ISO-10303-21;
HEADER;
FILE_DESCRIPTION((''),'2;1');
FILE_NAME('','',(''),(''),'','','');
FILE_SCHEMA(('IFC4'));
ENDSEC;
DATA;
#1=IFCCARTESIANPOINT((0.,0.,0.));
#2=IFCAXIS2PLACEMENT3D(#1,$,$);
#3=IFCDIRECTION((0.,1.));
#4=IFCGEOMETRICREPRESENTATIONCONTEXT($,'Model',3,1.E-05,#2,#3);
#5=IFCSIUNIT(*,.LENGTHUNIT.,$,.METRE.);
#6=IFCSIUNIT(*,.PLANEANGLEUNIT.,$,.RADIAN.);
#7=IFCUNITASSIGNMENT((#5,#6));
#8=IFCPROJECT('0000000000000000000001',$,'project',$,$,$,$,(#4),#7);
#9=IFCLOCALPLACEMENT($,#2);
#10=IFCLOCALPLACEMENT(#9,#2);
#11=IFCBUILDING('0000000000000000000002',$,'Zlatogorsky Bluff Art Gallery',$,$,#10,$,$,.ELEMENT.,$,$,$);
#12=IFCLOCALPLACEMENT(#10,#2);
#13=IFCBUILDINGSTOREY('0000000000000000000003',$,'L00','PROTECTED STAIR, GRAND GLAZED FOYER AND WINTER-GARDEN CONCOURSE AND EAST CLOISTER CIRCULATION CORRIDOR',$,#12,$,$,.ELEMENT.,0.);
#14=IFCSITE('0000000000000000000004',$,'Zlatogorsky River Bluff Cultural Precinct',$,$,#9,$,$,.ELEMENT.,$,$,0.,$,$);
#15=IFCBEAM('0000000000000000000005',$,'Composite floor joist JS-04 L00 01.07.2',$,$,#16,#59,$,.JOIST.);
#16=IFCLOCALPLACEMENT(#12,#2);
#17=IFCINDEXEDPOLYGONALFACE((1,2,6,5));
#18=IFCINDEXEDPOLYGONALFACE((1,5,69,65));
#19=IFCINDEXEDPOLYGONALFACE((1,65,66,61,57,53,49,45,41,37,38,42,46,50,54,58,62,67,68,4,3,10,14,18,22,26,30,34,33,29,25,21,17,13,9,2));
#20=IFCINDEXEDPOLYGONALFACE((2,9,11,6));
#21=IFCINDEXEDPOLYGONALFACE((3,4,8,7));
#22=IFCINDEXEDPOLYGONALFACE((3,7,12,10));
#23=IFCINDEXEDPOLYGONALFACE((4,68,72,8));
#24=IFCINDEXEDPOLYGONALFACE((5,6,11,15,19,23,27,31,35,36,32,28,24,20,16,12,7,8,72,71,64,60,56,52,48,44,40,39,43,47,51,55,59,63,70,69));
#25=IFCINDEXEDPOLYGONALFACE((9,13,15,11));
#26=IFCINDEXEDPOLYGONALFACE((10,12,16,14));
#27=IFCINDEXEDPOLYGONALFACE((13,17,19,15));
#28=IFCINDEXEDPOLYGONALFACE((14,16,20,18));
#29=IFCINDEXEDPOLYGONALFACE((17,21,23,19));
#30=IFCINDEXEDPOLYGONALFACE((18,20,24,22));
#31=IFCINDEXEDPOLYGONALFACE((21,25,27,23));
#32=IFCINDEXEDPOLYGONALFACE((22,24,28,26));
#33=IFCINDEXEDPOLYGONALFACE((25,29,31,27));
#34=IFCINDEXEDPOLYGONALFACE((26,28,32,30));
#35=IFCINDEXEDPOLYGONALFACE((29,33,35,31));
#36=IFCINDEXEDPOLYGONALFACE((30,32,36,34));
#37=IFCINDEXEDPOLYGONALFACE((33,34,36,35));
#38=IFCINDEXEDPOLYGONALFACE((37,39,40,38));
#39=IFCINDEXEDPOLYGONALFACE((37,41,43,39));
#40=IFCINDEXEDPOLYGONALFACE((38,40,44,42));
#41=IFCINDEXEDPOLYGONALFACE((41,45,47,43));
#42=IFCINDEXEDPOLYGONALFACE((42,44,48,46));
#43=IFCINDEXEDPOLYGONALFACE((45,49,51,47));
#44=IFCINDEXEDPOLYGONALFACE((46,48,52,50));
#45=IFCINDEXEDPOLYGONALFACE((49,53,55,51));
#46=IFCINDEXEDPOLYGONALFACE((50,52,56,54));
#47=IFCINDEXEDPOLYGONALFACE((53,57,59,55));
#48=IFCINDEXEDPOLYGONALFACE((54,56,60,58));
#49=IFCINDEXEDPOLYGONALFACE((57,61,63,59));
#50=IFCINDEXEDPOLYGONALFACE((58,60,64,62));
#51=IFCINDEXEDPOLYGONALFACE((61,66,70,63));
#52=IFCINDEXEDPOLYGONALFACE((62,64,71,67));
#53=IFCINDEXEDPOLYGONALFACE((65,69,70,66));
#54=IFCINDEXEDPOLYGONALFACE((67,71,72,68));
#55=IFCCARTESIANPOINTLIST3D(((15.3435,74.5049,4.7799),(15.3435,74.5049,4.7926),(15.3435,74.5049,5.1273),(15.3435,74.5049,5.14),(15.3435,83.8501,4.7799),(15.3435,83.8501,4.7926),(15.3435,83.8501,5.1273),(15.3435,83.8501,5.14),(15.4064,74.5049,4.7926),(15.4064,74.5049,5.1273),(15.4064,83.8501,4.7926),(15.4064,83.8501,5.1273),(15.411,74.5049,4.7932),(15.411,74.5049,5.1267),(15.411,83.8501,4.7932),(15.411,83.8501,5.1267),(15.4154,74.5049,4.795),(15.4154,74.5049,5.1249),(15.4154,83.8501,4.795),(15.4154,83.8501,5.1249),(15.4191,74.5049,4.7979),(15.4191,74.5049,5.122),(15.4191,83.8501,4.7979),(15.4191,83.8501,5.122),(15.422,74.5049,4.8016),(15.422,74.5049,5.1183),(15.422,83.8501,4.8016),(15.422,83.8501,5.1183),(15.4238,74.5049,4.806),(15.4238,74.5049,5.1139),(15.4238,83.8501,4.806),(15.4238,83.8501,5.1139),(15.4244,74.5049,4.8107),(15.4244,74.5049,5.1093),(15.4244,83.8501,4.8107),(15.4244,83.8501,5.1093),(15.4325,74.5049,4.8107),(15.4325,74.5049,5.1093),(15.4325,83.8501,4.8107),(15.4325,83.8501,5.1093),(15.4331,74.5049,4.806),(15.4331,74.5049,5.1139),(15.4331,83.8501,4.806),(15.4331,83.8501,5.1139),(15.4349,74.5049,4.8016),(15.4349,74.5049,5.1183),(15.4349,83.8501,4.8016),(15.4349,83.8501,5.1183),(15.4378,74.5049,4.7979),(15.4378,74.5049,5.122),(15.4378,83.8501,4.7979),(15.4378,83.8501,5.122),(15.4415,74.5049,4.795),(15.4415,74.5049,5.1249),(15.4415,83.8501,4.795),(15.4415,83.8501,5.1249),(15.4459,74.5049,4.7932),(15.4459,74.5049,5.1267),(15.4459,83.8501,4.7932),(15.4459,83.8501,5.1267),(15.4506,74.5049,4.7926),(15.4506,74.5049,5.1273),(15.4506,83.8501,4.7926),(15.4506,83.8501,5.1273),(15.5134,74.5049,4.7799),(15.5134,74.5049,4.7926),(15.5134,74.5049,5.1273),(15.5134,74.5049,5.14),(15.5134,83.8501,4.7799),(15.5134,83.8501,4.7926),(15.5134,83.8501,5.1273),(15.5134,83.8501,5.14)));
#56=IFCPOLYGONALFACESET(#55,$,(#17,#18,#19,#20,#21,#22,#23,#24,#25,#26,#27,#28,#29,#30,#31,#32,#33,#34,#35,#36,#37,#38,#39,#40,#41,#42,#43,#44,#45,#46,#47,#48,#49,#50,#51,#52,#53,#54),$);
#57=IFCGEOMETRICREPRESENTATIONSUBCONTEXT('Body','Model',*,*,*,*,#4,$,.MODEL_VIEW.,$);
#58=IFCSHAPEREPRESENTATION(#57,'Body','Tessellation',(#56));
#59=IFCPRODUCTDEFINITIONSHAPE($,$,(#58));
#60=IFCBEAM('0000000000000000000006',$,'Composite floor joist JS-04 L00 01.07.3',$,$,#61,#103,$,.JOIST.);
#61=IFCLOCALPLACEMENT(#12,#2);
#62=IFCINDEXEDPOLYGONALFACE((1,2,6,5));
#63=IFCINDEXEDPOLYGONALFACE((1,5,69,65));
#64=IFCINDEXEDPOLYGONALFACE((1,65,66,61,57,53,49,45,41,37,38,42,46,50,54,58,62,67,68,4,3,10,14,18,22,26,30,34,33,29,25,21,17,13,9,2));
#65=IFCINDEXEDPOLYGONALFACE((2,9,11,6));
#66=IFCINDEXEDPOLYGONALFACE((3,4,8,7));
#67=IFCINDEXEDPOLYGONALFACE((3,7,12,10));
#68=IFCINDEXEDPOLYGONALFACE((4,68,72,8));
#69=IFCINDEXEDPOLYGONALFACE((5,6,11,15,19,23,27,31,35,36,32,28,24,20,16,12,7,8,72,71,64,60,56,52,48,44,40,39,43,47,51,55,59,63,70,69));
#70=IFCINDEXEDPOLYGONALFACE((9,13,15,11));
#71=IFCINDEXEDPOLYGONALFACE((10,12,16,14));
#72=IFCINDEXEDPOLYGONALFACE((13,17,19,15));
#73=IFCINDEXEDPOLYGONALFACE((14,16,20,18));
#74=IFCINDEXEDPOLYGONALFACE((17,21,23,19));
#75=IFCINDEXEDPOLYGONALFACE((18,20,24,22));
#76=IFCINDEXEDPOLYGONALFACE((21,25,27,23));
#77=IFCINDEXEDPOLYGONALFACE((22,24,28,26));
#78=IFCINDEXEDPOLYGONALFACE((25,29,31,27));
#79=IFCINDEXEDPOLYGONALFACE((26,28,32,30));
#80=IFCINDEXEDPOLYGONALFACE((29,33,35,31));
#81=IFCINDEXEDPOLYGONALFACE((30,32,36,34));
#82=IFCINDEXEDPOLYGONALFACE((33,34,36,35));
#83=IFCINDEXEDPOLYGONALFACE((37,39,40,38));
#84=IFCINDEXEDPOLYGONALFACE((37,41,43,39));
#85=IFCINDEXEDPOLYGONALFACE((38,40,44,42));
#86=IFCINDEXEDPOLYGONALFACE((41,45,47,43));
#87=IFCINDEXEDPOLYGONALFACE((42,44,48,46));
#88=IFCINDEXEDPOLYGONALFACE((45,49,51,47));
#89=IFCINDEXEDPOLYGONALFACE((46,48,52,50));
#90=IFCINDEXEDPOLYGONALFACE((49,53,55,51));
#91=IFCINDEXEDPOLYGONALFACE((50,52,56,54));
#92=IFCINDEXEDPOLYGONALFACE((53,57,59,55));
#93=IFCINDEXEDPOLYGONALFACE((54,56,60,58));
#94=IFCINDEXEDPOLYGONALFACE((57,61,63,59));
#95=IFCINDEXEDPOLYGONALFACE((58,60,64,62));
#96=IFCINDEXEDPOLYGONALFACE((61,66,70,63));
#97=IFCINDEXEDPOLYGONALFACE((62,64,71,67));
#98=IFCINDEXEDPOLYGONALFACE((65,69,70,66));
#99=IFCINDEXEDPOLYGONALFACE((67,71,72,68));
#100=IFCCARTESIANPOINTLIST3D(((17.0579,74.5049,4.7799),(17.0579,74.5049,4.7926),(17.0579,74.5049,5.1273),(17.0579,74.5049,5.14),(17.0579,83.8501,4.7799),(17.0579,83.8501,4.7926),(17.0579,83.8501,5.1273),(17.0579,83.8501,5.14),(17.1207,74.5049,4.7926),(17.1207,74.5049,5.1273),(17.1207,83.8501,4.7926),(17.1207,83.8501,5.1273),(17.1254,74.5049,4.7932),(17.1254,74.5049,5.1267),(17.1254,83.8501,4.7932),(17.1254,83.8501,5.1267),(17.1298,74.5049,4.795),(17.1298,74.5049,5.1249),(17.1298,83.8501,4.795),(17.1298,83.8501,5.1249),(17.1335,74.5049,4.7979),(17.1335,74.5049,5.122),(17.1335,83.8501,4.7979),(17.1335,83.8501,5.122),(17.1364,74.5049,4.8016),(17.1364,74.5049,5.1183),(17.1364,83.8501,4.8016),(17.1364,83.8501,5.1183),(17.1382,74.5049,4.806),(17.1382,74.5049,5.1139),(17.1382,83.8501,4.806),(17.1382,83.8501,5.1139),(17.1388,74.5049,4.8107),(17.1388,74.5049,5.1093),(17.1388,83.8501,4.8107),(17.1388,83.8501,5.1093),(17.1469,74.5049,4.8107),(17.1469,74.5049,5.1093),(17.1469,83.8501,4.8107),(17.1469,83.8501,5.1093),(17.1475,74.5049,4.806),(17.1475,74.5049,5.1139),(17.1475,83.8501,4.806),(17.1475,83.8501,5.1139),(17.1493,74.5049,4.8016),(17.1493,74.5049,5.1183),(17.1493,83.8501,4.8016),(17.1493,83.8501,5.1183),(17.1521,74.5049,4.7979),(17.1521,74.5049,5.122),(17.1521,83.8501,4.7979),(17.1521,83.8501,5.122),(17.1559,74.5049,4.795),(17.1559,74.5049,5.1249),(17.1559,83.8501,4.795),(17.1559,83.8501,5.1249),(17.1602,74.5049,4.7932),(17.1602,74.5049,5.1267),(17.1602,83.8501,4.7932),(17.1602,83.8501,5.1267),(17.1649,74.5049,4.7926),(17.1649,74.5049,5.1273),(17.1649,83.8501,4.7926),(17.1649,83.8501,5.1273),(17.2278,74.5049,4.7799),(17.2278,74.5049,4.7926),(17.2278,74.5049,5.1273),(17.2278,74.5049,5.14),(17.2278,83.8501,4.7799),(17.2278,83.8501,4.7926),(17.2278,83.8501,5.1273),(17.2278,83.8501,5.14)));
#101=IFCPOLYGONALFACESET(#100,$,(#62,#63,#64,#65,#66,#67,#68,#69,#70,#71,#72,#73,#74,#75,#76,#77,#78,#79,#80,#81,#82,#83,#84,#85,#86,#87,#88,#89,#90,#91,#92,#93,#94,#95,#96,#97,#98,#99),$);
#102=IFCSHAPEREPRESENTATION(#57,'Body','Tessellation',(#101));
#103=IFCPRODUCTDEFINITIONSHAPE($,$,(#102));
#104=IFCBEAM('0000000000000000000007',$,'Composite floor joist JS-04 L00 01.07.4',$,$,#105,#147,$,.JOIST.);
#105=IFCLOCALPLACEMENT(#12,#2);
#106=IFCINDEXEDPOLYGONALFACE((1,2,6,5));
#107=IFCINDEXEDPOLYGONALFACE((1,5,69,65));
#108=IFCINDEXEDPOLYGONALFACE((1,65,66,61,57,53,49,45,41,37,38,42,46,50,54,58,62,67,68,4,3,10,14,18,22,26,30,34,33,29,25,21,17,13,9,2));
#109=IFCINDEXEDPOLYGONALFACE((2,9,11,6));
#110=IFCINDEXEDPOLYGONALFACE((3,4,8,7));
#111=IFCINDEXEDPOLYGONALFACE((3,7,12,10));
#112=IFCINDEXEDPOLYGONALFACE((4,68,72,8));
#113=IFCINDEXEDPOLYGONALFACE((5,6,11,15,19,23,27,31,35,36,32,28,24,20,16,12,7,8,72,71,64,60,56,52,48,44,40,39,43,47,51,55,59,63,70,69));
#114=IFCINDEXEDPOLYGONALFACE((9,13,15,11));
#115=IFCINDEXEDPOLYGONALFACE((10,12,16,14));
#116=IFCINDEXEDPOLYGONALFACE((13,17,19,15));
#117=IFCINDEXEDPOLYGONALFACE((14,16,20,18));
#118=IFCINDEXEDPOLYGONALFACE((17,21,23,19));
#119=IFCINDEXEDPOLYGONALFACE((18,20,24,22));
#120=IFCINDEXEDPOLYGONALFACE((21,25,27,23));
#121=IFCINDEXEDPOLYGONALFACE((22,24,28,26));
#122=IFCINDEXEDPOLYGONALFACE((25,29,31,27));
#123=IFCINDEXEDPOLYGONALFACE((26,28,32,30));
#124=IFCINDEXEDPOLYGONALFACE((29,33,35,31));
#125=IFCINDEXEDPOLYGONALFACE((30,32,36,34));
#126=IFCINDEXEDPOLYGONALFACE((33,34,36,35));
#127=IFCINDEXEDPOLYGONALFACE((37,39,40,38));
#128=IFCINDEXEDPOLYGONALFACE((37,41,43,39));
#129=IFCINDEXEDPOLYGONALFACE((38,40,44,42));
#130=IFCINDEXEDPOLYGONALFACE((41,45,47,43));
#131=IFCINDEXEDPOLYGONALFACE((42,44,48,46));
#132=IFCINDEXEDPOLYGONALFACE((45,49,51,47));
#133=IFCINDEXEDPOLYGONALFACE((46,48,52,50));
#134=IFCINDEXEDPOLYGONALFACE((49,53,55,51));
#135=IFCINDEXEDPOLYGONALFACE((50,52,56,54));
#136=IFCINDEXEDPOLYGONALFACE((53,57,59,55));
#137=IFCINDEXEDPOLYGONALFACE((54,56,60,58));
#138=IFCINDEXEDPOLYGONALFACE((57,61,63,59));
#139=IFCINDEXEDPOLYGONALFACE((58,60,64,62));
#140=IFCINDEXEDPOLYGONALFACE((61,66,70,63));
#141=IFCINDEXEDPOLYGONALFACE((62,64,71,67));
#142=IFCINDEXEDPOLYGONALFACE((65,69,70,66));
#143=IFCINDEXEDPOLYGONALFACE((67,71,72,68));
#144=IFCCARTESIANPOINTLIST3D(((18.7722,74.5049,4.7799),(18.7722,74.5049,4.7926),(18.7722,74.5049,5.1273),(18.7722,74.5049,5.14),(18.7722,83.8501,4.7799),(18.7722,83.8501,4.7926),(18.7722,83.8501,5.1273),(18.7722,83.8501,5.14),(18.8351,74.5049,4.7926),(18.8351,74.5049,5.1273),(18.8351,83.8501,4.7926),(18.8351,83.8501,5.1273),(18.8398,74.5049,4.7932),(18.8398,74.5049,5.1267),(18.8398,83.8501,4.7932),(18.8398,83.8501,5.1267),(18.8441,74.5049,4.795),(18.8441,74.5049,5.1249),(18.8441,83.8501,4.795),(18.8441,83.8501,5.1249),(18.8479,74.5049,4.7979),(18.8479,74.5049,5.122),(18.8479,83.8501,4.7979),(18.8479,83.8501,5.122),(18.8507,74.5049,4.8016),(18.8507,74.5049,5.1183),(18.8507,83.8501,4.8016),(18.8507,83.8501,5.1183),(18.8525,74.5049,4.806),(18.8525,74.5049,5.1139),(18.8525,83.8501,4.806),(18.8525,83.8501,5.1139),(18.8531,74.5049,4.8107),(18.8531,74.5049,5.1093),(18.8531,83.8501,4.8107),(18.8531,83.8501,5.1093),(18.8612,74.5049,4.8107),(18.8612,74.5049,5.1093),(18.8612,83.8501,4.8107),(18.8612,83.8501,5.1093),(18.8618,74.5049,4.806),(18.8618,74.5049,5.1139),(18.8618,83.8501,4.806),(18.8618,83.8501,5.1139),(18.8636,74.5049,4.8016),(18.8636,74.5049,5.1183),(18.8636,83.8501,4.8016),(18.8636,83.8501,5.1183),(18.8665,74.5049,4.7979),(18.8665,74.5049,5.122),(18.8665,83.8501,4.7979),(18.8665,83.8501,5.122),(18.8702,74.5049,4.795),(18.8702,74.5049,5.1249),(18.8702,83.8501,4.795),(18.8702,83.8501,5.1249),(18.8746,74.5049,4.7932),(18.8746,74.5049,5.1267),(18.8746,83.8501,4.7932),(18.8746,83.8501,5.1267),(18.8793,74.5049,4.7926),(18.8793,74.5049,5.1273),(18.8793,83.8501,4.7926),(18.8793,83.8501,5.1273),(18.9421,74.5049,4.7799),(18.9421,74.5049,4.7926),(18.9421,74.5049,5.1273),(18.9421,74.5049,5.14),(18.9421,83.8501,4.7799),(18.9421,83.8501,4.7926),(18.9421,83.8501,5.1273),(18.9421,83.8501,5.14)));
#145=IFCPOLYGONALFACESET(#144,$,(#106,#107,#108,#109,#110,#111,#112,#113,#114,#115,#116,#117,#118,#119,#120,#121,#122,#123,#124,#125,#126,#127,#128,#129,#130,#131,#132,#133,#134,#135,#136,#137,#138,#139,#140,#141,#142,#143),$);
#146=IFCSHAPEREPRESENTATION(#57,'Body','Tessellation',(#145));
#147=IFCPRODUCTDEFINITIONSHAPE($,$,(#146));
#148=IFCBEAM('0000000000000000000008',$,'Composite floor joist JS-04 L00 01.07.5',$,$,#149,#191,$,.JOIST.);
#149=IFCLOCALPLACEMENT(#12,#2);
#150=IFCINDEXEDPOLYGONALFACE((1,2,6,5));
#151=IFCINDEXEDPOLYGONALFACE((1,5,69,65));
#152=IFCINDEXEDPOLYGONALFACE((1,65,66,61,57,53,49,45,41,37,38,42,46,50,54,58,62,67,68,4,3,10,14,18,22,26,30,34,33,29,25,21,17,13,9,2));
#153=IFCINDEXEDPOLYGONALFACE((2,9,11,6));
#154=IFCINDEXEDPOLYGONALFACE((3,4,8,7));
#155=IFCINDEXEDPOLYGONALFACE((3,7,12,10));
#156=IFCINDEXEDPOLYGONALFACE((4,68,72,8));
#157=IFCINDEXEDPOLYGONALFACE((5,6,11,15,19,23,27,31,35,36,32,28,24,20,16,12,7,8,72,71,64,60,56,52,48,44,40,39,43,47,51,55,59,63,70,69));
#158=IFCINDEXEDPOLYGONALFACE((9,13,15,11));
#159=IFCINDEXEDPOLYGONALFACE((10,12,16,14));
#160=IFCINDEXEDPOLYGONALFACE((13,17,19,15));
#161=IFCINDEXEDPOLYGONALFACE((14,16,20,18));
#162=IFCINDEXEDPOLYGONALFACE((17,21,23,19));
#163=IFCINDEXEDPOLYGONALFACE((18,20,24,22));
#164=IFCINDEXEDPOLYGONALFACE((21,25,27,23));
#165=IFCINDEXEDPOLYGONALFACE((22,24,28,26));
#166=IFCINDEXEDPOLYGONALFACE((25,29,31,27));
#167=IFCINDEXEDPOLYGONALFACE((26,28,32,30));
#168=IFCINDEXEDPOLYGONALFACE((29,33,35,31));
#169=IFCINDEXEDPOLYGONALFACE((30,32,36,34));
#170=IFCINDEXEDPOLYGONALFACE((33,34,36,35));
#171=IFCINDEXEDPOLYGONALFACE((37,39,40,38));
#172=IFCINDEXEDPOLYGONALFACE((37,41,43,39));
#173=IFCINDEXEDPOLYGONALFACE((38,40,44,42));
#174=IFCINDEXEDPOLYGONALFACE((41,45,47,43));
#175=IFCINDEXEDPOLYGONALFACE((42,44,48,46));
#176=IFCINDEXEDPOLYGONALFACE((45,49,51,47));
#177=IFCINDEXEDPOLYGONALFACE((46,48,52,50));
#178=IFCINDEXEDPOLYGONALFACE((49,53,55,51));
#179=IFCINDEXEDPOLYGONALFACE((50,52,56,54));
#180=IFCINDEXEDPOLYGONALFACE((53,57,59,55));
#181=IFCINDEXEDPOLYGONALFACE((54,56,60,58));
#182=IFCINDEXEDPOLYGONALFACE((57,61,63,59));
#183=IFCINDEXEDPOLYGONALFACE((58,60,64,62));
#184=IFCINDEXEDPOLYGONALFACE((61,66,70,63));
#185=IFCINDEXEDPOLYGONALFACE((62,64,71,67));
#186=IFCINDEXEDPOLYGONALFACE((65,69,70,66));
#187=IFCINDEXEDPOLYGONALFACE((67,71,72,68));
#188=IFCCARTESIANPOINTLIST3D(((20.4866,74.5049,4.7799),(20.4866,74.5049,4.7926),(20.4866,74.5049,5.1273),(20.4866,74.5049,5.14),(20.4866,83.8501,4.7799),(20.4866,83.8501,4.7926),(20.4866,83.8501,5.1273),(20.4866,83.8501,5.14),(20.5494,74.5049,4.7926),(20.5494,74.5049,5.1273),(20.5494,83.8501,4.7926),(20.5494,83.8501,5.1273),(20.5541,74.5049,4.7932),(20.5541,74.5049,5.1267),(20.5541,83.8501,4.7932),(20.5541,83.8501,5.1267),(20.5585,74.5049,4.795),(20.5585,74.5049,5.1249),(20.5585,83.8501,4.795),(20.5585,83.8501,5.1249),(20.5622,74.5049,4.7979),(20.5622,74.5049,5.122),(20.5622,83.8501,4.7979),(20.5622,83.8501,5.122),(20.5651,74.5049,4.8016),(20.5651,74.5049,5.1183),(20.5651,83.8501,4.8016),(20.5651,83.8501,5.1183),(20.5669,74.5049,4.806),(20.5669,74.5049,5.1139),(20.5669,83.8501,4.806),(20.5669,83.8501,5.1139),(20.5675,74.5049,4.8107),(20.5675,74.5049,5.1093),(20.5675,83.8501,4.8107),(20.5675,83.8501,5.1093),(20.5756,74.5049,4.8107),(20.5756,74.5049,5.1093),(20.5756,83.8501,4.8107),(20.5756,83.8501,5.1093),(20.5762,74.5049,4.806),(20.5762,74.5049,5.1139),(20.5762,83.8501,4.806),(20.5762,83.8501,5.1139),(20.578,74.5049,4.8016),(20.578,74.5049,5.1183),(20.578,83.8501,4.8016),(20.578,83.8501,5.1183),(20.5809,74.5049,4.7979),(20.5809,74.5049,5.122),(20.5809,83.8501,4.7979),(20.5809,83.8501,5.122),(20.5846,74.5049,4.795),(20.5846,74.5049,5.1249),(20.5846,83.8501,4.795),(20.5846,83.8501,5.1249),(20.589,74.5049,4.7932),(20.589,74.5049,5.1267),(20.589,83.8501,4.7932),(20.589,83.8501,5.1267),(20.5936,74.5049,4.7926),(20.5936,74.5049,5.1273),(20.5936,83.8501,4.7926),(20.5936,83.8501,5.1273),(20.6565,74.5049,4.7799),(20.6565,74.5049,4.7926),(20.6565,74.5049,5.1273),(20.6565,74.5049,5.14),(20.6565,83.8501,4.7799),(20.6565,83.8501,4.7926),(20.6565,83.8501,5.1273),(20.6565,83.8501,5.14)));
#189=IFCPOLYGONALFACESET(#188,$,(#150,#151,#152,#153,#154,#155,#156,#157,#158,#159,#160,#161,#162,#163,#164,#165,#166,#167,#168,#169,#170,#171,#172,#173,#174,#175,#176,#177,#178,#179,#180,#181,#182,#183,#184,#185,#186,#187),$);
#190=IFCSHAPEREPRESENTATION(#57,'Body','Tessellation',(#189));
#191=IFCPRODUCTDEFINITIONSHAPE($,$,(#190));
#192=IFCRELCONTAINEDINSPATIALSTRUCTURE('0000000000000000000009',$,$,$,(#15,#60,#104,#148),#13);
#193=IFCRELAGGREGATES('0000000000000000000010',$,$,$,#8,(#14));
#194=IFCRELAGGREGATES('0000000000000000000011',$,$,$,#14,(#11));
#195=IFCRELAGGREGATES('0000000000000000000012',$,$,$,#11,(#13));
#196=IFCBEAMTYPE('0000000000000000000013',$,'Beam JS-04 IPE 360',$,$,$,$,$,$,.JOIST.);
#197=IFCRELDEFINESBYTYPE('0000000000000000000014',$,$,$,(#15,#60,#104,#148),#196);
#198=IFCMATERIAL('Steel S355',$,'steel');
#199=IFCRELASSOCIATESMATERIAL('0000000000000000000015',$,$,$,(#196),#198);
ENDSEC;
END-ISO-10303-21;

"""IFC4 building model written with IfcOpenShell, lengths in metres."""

from ifc_helpers import new_model, si_unit, direction, frame, origin, origin_2d, place, context, subcontext, project, spatial, i_section, extrude, material, material_profile, profile_set, type_object, element, save


model = new_model("IFC4")

# Units and contexts
model_context = context("Model", 3, precision=1e-05, world=origin(), true_north=direction((0.0, 1.0)))
body_context = subcontext(model_context, "Body", "Model", "MODEL_VIEW")
ifc_project = project(units=[si_unit("LENGTHUNIT", "METRE"), si_unit("PLANEANGLEUNIT", "RADIAN")], contexts=[model_context])

# Site, building, storey
site_placement = place(None, origin())
site = spatial("IfcSite", under=ifc_project, at=site_placement, Name="Zlatogorsky River Bluff Cultural Precinct", CompositionType="ELEMENT", RefElevation=0.0)
building_placement = place(site_placement, origin())
building = spatial("IfcBuilding", under=site, at=building_placement, Name="Zlatogorsky Bluff Art Gallery", CompositionType="ELEMENT")
storey_placement = place(building_placement, origin())
storey = spatial("IfcBuildingStorey", under=building, at=storey_placement, Name="L00", Description="PROTECTED STAIR, GRAND GLAZED FOYER AND WINTER-GARDEN CONCOURSE AND EAST CLOISTER CIRCULATION CORRIDOR", CompositionType="ELEMENT", Elevation=0.0)

# Shared definitions
ifc_material_1 = material(Name="Steel S355", Category="steel")

# Beams
ifc_material_profile_1 = material_profile(ifc_material_1, i_section(OverallWidth=0.1699, OverallDepth=0.3601, WebThickness=0.0081, FlangeThickness=0.0127, FilletRadius=0.0181, at=origin_2d()), Name="IPE 360")
ifc_profile_set_1 = profile_set([ifc_material_profile_1], Name="Steel S355")
beam_type_1 = type_object("IfcBeamType", Name="Beam JS-04 IPE 360", PredefinedType="JOIST", material=ifc_profile_set_1)
for number, where, z_axis, x_axis, name in (
    (1, (15.4285, 74.5049, 4.96), (0.0, 1.0, 0.0), (-1.0, 0.0, 0.0), "Composite floor joist JS-04 L00 01.07.2"),
    (2, (17.1428, 74.5049, 4.96), (0.0, 1.0, 0.0), (-1.0, 0.0, 0.0), "Composite floor joist JS-04 L00 01.07.3"),
    (3, (18.8572, 74.5049, 4.96), (0.0, 1.0, 0.0), (-1.0, 0.0, 0.0), "Composite floor joist JS-04 L00 01.07.4"),
    (4, (20.5715, 74.5049, 4.96), (0.0, 1.0, 0.0), (-1.0, 0.0, 0.0), "Composite floor joist JS-04 L00 01.07.5"),
):
    element("IfcBeam", number, at=place(storey_placement, frame(where, z_axis=z_axis, x_axis=x_axis)), inside=storey, type_object=beam_type_1, Name=name, PredefinedType="JOIST", context=body_context, shape_type="SweptSolid", body=[
        extrude(i_section(OverallWidth=0.1699, OverallDepth=0.3601, WebThickness=0.0081, FlangeThickness=0.0127, FilletRadius=0.0181, at=origin_2d()), origin(), (0.0, 0.0, 1.0), 9.3452),
    ])

save(model, "model.ifc")
